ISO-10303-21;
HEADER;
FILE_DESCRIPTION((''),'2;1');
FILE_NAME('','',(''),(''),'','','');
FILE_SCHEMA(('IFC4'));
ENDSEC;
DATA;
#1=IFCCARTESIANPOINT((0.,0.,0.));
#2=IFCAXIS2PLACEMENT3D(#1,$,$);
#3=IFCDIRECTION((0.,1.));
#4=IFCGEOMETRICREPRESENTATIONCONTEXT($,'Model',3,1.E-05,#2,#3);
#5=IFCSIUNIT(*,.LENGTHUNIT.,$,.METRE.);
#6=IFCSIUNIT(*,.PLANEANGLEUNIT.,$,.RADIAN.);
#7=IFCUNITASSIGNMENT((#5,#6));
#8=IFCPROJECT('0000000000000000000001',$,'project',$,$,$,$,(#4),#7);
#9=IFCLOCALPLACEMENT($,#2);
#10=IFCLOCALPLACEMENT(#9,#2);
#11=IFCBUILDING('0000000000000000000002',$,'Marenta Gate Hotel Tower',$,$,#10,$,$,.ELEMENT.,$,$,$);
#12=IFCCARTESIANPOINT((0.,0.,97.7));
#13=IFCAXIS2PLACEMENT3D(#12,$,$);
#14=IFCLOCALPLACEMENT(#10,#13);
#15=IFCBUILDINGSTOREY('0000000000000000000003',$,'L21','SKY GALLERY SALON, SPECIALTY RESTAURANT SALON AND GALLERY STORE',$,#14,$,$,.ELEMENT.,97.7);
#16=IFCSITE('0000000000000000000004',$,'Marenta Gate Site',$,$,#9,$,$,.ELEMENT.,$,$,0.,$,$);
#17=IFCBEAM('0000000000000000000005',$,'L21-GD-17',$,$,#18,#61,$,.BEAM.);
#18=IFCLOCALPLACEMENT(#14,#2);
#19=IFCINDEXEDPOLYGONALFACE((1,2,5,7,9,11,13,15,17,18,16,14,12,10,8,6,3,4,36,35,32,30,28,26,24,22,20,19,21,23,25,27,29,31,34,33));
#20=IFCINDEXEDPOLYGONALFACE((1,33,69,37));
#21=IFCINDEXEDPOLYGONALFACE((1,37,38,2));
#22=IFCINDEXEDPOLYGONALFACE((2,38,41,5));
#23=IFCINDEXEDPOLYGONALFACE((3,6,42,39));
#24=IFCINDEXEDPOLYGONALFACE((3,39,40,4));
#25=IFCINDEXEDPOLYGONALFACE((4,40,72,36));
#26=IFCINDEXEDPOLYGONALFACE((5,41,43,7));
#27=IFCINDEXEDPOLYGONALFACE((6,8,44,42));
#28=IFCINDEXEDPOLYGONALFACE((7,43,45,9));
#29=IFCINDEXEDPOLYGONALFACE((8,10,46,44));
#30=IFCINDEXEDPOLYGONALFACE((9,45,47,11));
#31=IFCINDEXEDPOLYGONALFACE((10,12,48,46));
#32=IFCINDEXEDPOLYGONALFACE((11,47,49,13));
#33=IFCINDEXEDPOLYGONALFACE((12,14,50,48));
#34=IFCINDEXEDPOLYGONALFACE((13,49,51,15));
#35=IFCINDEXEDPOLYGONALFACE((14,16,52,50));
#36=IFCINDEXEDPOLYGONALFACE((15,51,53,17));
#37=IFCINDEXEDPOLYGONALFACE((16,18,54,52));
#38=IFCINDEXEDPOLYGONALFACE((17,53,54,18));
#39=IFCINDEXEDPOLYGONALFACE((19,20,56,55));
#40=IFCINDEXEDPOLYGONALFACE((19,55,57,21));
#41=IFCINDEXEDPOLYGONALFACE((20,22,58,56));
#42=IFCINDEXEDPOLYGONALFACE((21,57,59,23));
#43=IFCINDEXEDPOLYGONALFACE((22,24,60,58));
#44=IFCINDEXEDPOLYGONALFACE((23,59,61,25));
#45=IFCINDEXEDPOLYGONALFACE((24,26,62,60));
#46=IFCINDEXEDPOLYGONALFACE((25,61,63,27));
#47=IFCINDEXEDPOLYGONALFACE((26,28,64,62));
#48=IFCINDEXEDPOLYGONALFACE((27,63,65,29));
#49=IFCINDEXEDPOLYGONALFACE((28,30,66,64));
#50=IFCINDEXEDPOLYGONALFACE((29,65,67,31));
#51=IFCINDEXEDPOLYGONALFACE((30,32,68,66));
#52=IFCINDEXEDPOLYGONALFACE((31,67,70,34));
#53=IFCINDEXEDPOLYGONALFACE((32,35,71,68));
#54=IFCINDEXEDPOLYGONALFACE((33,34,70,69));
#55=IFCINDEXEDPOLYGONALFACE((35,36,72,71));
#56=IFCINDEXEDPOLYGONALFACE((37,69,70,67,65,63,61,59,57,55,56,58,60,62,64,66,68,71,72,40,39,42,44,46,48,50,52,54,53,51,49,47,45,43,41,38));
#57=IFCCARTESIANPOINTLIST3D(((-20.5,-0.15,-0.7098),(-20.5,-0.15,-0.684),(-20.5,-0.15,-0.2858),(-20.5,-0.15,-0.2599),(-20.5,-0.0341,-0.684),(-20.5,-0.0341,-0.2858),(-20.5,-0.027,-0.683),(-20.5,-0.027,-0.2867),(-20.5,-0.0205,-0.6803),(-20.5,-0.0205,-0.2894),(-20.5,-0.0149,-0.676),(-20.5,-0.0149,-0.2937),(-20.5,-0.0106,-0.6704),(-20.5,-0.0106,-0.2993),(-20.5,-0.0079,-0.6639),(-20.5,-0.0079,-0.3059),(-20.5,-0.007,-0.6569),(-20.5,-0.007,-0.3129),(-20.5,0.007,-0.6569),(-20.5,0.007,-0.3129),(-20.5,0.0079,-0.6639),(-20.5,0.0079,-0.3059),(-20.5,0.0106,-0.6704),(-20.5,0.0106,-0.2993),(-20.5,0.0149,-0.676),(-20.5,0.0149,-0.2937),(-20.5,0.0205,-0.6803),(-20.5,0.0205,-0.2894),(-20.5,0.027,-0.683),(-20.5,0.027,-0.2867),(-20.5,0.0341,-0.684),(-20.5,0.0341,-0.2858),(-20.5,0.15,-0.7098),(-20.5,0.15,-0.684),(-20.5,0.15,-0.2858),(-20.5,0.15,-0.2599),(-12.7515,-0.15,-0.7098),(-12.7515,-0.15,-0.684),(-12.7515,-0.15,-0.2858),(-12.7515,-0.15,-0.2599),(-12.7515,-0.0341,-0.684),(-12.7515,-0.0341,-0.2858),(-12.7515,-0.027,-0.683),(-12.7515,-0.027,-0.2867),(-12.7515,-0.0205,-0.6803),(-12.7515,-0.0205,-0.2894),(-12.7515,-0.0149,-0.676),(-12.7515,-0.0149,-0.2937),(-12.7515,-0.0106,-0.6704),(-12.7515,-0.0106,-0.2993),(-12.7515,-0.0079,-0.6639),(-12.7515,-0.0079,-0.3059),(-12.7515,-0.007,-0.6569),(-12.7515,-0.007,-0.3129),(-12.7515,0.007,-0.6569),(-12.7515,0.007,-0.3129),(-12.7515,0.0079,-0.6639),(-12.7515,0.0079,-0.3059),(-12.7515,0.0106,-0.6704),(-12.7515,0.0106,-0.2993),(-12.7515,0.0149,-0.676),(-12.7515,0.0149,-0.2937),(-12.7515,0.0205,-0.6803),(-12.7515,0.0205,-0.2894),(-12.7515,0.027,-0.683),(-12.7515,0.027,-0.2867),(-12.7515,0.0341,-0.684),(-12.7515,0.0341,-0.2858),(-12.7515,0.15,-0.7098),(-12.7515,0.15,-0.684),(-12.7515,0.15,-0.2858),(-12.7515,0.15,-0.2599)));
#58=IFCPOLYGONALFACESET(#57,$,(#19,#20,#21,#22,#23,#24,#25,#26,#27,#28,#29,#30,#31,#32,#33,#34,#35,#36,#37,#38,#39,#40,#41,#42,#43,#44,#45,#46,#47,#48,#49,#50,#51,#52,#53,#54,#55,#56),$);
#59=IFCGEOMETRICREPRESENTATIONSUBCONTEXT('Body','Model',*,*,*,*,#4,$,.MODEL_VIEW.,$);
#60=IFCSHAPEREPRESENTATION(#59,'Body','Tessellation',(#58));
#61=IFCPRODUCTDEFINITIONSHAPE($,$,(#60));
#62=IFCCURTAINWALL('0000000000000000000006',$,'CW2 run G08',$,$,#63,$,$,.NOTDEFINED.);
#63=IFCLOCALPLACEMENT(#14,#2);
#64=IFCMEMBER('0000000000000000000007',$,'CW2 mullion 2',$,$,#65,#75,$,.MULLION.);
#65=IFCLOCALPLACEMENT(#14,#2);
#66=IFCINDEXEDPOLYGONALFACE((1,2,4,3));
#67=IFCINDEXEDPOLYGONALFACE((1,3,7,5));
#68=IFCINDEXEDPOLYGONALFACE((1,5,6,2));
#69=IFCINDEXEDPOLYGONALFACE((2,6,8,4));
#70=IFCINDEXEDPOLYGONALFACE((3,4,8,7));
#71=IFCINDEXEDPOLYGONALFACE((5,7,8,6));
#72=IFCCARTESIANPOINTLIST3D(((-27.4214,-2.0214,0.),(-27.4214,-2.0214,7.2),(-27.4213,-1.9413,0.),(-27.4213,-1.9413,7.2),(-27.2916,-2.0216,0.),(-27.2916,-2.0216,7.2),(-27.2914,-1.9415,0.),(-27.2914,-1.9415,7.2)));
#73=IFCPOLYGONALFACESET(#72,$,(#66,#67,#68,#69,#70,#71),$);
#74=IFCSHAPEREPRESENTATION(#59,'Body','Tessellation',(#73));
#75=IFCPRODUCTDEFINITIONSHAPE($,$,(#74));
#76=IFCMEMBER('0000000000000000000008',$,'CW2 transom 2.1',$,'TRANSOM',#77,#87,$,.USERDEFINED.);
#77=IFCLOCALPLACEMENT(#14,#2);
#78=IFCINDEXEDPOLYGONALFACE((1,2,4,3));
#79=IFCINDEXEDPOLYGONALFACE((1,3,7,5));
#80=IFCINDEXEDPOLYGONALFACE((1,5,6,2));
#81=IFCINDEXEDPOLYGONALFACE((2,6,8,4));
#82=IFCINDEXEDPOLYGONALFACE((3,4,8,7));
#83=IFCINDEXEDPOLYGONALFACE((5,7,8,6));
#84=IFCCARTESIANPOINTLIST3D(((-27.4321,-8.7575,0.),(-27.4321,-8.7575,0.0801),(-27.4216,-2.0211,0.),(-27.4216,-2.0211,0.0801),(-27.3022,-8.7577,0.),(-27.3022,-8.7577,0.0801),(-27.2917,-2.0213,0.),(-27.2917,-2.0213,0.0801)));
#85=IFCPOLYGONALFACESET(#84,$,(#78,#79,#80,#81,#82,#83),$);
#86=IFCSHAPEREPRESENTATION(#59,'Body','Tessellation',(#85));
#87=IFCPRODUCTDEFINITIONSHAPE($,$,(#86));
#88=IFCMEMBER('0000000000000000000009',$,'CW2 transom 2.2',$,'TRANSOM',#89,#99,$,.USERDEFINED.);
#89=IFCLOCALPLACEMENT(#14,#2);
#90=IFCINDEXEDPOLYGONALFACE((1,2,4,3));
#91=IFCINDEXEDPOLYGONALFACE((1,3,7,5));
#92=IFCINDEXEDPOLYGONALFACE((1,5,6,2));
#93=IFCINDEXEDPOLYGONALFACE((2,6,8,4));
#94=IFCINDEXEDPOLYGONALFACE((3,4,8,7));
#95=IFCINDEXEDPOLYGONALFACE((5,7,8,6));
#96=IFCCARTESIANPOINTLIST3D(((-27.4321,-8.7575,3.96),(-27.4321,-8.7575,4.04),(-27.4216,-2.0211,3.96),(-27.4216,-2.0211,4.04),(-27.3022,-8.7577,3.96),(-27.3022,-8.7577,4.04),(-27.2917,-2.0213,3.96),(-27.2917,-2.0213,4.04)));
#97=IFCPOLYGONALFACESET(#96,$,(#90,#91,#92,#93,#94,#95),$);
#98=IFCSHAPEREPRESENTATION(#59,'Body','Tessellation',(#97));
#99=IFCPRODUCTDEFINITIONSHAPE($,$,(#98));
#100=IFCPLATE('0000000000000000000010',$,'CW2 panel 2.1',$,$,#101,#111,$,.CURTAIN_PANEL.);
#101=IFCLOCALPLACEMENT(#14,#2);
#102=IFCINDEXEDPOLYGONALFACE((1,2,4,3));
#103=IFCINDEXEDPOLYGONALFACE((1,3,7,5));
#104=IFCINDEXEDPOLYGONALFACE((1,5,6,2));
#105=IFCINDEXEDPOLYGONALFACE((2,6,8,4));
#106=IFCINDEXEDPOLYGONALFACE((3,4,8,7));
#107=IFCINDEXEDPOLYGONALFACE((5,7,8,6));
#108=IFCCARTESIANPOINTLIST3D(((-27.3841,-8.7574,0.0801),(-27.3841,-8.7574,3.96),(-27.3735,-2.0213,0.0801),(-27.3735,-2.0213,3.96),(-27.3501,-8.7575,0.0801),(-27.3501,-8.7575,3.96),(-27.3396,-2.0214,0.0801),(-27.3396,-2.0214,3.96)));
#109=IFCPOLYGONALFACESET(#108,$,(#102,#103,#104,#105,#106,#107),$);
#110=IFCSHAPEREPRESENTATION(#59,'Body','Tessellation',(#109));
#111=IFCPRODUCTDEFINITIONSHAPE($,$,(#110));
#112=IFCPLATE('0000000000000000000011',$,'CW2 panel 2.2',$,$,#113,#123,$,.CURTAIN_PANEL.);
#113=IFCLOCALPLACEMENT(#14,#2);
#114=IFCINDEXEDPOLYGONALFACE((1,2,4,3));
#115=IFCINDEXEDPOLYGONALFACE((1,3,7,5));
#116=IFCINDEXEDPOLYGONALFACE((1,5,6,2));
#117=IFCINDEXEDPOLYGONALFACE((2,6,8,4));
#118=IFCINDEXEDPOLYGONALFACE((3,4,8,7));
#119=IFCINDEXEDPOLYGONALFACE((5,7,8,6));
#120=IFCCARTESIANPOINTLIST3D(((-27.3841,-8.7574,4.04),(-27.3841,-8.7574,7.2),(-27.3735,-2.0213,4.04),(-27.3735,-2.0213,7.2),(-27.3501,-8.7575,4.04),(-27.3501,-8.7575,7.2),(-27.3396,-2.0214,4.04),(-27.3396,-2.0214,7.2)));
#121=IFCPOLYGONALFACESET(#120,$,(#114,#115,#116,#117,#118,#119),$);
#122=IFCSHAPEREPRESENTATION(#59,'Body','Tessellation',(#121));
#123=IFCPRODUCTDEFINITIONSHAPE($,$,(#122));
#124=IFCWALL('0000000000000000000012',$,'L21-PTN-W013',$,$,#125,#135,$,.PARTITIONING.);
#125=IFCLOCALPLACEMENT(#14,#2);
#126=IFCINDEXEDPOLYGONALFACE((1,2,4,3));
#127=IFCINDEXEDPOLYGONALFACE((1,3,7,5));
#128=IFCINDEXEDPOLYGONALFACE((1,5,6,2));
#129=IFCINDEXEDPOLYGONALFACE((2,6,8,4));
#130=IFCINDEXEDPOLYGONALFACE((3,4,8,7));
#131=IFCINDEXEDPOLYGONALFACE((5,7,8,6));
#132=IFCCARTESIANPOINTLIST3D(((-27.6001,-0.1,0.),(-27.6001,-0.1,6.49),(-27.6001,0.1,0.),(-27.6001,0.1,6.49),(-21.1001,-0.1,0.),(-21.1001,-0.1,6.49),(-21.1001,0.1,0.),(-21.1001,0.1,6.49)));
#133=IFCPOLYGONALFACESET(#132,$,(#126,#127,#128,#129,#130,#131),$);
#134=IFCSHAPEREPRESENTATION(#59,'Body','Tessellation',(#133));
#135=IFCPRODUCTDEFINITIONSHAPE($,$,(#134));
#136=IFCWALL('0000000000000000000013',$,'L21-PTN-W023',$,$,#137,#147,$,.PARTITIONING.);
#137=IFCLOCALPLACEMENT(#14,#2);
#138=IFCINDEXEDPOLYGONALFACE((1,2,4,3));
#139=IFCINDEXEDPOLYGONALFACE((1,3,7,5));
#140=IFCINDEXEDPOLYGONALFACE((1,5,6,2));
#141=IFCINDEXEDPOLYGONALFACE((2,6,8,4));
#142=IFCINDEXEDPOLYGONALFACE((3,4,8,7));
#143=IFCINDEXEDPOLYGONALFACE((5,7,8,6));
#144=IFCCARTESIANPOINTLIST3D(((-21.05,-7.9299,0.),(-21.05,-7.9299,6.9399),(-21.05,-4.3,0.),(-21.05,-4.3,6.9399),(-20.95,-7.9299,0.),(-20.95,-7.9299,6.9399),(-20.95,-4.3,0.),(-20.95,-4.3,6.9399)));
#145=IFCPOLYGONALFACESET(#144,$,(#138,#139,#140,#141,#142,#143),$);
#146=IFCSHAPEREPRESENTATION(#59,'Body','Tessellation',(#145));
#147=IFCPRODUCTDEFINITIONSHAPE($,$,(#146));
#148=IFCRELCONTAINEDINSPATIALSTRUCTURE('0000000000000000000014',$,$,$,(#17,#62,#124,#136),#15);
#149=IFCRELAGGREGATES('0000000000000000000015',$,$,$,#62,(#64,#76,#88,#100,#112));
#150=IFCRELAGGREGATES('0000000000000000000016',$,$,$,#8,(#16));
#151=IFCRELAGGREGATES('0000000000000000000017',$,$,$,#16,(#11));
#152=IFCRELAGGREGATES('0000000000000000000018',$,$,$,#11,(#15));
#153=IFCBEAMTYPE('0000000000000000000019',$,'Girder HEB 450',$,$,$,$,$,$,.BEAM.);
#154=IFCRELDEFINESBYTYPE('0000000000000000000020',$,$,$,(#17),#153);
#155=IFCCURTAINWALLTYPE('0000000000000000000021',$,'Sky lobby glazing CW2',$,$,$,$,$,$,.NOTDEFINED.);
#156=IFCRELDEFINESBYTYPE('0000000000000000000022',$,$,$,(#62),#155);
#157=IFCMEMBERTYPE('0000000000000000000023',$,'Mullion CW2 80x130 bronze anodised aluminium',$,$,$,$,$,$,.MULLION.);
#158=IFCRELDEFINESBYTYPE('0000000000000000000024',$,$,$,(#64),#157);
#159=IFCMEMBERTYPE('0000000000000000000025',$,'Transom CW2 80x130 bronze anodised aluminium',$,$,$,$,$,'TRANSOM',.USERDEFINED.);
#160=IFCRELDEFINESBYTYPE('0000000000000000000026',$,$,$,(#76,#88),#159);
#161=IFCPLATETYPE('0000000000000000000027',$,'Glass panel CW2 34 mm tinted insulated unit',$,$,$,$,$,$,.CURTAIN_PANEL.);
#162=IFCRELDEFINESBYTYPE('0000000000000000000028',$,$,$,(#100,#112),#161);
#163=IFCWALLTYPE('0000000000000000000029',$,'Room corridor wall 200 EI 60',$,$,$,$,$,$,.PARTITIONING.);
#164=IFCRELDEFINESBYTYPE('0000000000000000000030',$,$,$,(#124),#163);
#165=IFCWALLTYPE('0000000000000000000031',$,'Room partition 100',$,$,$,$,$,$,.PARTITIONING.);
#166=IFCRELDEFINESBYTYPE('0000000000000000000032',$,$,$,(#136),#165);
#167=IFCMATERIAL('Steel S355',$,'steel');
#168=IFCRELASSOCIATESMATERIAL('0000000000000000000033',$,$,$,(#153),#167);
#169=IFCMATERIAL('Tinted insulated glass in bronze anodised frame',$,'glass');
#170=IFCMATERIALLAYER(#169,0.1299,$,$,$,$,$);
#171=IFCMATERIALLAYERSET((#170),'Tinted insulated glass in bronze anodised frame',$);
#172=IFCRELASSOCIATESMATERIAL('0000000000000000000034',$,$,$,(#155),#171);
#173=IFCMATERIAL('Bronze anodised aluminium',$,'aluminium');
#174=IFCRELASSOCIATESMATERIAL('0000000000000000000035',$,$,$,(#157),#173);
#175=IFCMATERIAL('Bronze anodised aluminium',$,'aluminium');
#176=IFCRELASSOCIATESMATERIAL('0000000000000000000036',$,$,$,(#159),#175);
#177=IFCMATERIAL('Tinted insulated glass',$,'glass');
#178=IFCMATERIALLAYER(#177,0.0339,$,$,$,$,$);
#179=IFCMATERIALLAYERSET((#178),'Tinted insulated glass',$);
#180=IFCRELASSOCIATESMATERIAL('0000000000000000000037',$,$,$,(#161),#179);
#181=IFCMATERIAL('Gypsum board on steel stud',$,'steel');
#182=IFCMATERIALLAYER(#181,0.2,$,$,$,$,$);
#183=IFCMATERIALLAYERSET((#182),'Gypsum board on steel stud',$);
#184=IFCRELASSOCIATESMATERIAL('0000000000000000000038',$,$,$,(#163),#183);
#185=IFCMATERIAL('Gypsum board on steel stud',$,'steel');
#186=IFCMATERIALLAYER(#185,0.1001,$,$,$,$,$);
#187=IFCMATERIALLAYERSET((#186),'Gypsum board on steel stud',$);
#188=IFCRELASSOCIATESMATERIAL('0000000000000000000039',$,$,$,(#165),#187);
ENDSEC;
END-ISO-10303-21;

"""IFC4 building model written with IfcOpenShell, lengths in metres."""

from ifc_helpers import new_model, si_unit, direction, frame, frame_2d, origin, origin_2d, place, context, subcontext, project, spatial, rectangle, i_section, extrude, material, layer, layer_set, material_profile, profile_set, type_object, element, aggregate, save


model = new_model("IFC4")

# Units and contexts
model_context = context("Model", 3, precision=1e-05, world=origin(), true_north=direction((0.0, 1.0)))
body_context = subcontext(model_context, "Body", "Model", "MODEL_VIEW")
ifc_project = project(units=[si_unit("LENGTHUNIT", "METRE"), si_unit("PLANEANGLEUNIT", "RADIAN")], contexts=[model_context])

# Site, building, storey
site_placement = place(None, origin())
site = spatial("IfcSite", under=ifc_project, at=site_placement, Name="Marenta Gate Site", CompositionType="ELEMENT", RefElevation=0.0)
building_placement = place(site_placement, origin())
building = spatial("IfcBuilding", under=site, at=building_placement, Name="Marenta Gate Hotel Tower", CompositionType="ELEMENT")
storey_placement = place(building_placement, frame((0.0, 0.0, 97.7)))
storey = spatial("IfcBuildingStorey", under=building, at=storey_placement, Name="L21", Description="SKY GALLERY SALON, SPECIALTY RESTAURANT SALON AND GALLERY STORE", CompositionType="ELEMENT", Elevation=97.7)

# Beam
ifc_material_1 = material(Name="Steel S355", Category="steel")
ifc_material_profile_1 = material_profile(ifc_material_1, i_section(OverallWidth=0.3, OverallDepth=0.45, WebThickness=0.0139, FlangeThickness=0.0259, FilletRadius=0.0271, at=origin_2d()), Name="HEB 450")
ifc_profile_set_1 = profile_set([ifc_material_profile_1], Name="Steel S355")
beam_type_1 = type_object("IfcBeamType", Name="Girder HEB 450", PredefinedType="BEAM", material=ifc_profile_set_1)
beam_1_placement = place(storey_placement, frame((-20.5, 0.0, -0.4849), z_axis=(1.0, 0.0, 0.0), x_axis=(0.0, 1.0, 0.0)))
element("IfcBeam", 1, at=beam_1_placement, inside=storey, type_object=beam_type_1, Name="L21-GD-17", PredefinedType="BEAM", context=body_context, shape_type="SweptSolid", body=[
    extrude(i_section(OverallWidth=0.3, OverallDepth=0.45, WebThickness=0.0139, FlangeThickness=0.0259, FilletRadius=0.0271, at=origin_2d()), origin(), (0.0, 0.0, 1.0), 7.7485),
])

# Curtain wall, members, plates
ifc_material_2 = material(Name="Tinted insulated glass in bronze anodised frame", Category="glass")
ifc_layer_1 = layer(ifc_material_2, 0.1299)
ifc_layer_set_1 = layer_set([ifc_layer_1], Name="Tinted insulated glass in bronze anodised frame")
curtain_wall_type = type_object("IfcCurtainWallType", Name="Sky lobby glazing CW2", PredefinedType="NOTDEFINED", material=ifc_layer_set_1)
curtain_wall_placement = place(storey_placement, origin())
curtain_wall = element("IfcCurtainWall", 2, at=curtain_wall_placement, inside=storey, type_object=curtain_wall_type, Name="CW2 run G08", PredefinedType="NOTDEFINED")
ifc_material_3 = material(Name="Bronze anodised aluminium", Category="aluminium")
ifc_material_profile_2 = material_profile(ifc_material_3, rectangle(XDim=0.1299, YDim=0.0801, at=origin_2d()), Name="Mullion CW2 80x130 bronze anodised aluminium")
ifc_profile_set_2 = profile_set([ifc_material_profile_2], Name="Bronze anodised aluminium")
member_type_1 = type_object("IfcMemberType", Name="Mullion CW2 80x130 bronze anodised aluminium", PredefinedType="MULLION", material=ifc_profile_set_2)
member_1_placement = place(storey_placement, frame((-27.3564, -1.9814, 0.0), z_axis=(0.0, 0.0, 1.0), x_axis=(0.999999, -0.001565, 0.0)))
member_1 = element("IfcMember", 3, at=member_1_placement, type_object=member_type_1, Name="CW2 mullion 2", PredefinedType="MULLION", context=body_context, shape_type="SweptSolid", body=[
    extrude(rectangle(XDim=0.1299, YDim=0.0801, at=origin_2d()), origin(), (0.0, 0.0, 1.0), 7.2),
])
ifc_material_4 = material(Name="Bronze anodised aluminium", Category="aluminium")
ifc_material_profile_3 = material_profile(ifc_material_4, rectangle(XDim=0.1299, YDim=0.0801, at=origin_2d()), Name="Transom CW2 80x130 bronze anodised aluminium")
ifc_profile_set_3 = profile_set([ifc_material_profile_3], Name="Bronze anodised aluminium")
member_type_2 = type_object("IfcMemberType", Name="Transom CW2 80x130 bronze anodised aluminium", ElementType="TRANSOM", PredefinedType="USERDEFINED", material=ifc_profile_set_3)
member_2_placement = place(storey_placement, frame((-27.3567, -2.0212, 0.04), z_axis=(-0.001558, -0.999999, 0.0), x_axis=(0.999999, -0.001558, 0.0)))
member_2 = element("IfcMember", 4, at=member_2_placement, type_object=member_type_2, Name="CW2 transom 2.1", ObjectType="TRANSOM", PredefinedType="USERDEFINED", context=body_context, shape_type="SweptSolid", body=[
    extrude(rectangle(XDim=0.1299, YDim=0.0801, at=origin_2d()), origin(), (0.0, 0.0, 1.0), 6.7363),
])
member_3_placement = place(storey_placement, frame((-27.3567, -2.0212, 4.0), z_axis=(-0.001558, -0.999999, 0.0), x_axis=(0.999999, -0.001558, 0.0)))
member_3 = element("IfcMember", 5, at=member_3_placement, type_object=member_type_2, Name="CW2 transom 2.2", ObjectType="TRANSOM", PredefinedType="USERDEFINED", context=body_context, shape_type="SweptSolid", body=[
    extrude(rectangle(XDim=0.1299, YDim=0.0801, at=origin_2d()), origin(), (0.0, 0.0, 1.0), 6.7363),
])
ifc_material_5 = material(Name="Tinted insulated glass", Category="glass")
ifc_layer_2 = layer(ifc_material_5, 0.0339)
ifc_layer_set_2 = layer_set([ifc_layer_2], Name="Tinted insulated glass")
plate_type = type_object("IfcPlateType", Name="Glass panel CW2 34 mm tinted insulated unit", PredefinedType="CURTAIN_PANEL", material=ifc_layer_set_2)
plate_1_placement = place(storey_placement, frame((-27.3618, -5.3894, 0.0801), z_axis=(0.0, 0.0, 1.0), x_axis=(-0.001565, -0.999999, 0.0)))
plate_1 = element("IfcPlate", 6, at=plate_1_placement, type_object=plate_type, Name="CW2 panel 2.1", PredefinedType="CURTAIN_PANEL", context=body_context, shape_type="SweptSolid", body=[
    extrude(rectangle(XDim=6.7361, YDim=0.0339, at=origin_2d()), origin(), (0.0, 0.0, 1.0), 3.8799),
])
plate_2_placement = place(storey_placement, frame((-27.3618, -5.3894, 4.04), z_axis=(0.0, 0.0, 1.0), x_axis=(-0.001565, -0.999999, 0.0)))
plate_2 = element("IfcPlate", 7, at=plate_2_placement, type_object=plate_type, Name="CW2 panel 2.2", PredefinedType="CURTAIN_PANEL", context=body_context, shape_type="SweptSolid", body=[
    extrude(rectangle(XDim=6.7361, YDim=0.0339, at=origin_2d()), origin(), (0.0, 0.0, 1.0), 3.1599),
])
aggregate(curtain_wall, [member_1, member_2, member_3, plate_1, plate_2])

# Shared definitions
ifc_material_6 = material(Name="Gypsum board on steel stud", Category="steel")
ifc_layer_3 = layer(ifc_material_6, 0.2)
ifc_layer_set_3 = layer_set([ifc_layer_3], Name="Gypsum board on steel stud")
wall_type_1 = type_object("IfcWallType", Name="Room corridor wall 200 EI 60", PredefinedType="PARTITIONING", material=ifc_layer_set_3)

# Wall
wall_1_placement = place(storey_placement, frame((-27.6001, 0.0, 0.0), z_axis=(0.0, 0.0, 1.0), x_axis=(1.0, 0.0, 0.0)))
element("IfcWall", 8, at=wall_1_placement, inside=storey, type_object=wall_type_1, Name="L21-PTN-W013", PredefinedType="PARTITIONING", context=body_context, shape_type="SweptSolid", body=[
    extrude(rectangle(XDim=6.5, YDim=0.2, at=frame_2d((3.25, 0.0))), origin(), (0.0, 0.0, 1.0), 6.49),
])

# Wall
ifc_material_7 = material(Name="Gypsum board on steel stud", Category="steel")
ifc_layer_4 = layer(ifc_material_7, 0.1001)
ifc_layer_set_4 = layer_set([ifc_layer_4], Name="Gypsum board on steel stud")
wall_type_2 = type_object("IfcWallType", Name="Room partition 100", PredefinedType="PARTITIONING", material=ifc_layer_set_4)
wall_2_placement = place(storey_placement, frame((-21.0, -7.9299, 0.0), z_axis=(0.0, 0.0, 1.0), x_axis=(0.0, 1.0, 0.0)))
element("IfcWall", 9, at=wall_2_placement, inside=storey, type_object=wall_type_2, Name="L21-PTN-W023", PredefinedType="PARTITIONING", context=body_context, shape_type="SweptSolid", body=[
    extrude(rectangle(XDim=3.6299, YDim=0.1001, at=frame_2d((1.8149, 0.0))), origin(), (0.0, 0.0, 1.0), 6.9399),
])

save(model, "model.ifc")
